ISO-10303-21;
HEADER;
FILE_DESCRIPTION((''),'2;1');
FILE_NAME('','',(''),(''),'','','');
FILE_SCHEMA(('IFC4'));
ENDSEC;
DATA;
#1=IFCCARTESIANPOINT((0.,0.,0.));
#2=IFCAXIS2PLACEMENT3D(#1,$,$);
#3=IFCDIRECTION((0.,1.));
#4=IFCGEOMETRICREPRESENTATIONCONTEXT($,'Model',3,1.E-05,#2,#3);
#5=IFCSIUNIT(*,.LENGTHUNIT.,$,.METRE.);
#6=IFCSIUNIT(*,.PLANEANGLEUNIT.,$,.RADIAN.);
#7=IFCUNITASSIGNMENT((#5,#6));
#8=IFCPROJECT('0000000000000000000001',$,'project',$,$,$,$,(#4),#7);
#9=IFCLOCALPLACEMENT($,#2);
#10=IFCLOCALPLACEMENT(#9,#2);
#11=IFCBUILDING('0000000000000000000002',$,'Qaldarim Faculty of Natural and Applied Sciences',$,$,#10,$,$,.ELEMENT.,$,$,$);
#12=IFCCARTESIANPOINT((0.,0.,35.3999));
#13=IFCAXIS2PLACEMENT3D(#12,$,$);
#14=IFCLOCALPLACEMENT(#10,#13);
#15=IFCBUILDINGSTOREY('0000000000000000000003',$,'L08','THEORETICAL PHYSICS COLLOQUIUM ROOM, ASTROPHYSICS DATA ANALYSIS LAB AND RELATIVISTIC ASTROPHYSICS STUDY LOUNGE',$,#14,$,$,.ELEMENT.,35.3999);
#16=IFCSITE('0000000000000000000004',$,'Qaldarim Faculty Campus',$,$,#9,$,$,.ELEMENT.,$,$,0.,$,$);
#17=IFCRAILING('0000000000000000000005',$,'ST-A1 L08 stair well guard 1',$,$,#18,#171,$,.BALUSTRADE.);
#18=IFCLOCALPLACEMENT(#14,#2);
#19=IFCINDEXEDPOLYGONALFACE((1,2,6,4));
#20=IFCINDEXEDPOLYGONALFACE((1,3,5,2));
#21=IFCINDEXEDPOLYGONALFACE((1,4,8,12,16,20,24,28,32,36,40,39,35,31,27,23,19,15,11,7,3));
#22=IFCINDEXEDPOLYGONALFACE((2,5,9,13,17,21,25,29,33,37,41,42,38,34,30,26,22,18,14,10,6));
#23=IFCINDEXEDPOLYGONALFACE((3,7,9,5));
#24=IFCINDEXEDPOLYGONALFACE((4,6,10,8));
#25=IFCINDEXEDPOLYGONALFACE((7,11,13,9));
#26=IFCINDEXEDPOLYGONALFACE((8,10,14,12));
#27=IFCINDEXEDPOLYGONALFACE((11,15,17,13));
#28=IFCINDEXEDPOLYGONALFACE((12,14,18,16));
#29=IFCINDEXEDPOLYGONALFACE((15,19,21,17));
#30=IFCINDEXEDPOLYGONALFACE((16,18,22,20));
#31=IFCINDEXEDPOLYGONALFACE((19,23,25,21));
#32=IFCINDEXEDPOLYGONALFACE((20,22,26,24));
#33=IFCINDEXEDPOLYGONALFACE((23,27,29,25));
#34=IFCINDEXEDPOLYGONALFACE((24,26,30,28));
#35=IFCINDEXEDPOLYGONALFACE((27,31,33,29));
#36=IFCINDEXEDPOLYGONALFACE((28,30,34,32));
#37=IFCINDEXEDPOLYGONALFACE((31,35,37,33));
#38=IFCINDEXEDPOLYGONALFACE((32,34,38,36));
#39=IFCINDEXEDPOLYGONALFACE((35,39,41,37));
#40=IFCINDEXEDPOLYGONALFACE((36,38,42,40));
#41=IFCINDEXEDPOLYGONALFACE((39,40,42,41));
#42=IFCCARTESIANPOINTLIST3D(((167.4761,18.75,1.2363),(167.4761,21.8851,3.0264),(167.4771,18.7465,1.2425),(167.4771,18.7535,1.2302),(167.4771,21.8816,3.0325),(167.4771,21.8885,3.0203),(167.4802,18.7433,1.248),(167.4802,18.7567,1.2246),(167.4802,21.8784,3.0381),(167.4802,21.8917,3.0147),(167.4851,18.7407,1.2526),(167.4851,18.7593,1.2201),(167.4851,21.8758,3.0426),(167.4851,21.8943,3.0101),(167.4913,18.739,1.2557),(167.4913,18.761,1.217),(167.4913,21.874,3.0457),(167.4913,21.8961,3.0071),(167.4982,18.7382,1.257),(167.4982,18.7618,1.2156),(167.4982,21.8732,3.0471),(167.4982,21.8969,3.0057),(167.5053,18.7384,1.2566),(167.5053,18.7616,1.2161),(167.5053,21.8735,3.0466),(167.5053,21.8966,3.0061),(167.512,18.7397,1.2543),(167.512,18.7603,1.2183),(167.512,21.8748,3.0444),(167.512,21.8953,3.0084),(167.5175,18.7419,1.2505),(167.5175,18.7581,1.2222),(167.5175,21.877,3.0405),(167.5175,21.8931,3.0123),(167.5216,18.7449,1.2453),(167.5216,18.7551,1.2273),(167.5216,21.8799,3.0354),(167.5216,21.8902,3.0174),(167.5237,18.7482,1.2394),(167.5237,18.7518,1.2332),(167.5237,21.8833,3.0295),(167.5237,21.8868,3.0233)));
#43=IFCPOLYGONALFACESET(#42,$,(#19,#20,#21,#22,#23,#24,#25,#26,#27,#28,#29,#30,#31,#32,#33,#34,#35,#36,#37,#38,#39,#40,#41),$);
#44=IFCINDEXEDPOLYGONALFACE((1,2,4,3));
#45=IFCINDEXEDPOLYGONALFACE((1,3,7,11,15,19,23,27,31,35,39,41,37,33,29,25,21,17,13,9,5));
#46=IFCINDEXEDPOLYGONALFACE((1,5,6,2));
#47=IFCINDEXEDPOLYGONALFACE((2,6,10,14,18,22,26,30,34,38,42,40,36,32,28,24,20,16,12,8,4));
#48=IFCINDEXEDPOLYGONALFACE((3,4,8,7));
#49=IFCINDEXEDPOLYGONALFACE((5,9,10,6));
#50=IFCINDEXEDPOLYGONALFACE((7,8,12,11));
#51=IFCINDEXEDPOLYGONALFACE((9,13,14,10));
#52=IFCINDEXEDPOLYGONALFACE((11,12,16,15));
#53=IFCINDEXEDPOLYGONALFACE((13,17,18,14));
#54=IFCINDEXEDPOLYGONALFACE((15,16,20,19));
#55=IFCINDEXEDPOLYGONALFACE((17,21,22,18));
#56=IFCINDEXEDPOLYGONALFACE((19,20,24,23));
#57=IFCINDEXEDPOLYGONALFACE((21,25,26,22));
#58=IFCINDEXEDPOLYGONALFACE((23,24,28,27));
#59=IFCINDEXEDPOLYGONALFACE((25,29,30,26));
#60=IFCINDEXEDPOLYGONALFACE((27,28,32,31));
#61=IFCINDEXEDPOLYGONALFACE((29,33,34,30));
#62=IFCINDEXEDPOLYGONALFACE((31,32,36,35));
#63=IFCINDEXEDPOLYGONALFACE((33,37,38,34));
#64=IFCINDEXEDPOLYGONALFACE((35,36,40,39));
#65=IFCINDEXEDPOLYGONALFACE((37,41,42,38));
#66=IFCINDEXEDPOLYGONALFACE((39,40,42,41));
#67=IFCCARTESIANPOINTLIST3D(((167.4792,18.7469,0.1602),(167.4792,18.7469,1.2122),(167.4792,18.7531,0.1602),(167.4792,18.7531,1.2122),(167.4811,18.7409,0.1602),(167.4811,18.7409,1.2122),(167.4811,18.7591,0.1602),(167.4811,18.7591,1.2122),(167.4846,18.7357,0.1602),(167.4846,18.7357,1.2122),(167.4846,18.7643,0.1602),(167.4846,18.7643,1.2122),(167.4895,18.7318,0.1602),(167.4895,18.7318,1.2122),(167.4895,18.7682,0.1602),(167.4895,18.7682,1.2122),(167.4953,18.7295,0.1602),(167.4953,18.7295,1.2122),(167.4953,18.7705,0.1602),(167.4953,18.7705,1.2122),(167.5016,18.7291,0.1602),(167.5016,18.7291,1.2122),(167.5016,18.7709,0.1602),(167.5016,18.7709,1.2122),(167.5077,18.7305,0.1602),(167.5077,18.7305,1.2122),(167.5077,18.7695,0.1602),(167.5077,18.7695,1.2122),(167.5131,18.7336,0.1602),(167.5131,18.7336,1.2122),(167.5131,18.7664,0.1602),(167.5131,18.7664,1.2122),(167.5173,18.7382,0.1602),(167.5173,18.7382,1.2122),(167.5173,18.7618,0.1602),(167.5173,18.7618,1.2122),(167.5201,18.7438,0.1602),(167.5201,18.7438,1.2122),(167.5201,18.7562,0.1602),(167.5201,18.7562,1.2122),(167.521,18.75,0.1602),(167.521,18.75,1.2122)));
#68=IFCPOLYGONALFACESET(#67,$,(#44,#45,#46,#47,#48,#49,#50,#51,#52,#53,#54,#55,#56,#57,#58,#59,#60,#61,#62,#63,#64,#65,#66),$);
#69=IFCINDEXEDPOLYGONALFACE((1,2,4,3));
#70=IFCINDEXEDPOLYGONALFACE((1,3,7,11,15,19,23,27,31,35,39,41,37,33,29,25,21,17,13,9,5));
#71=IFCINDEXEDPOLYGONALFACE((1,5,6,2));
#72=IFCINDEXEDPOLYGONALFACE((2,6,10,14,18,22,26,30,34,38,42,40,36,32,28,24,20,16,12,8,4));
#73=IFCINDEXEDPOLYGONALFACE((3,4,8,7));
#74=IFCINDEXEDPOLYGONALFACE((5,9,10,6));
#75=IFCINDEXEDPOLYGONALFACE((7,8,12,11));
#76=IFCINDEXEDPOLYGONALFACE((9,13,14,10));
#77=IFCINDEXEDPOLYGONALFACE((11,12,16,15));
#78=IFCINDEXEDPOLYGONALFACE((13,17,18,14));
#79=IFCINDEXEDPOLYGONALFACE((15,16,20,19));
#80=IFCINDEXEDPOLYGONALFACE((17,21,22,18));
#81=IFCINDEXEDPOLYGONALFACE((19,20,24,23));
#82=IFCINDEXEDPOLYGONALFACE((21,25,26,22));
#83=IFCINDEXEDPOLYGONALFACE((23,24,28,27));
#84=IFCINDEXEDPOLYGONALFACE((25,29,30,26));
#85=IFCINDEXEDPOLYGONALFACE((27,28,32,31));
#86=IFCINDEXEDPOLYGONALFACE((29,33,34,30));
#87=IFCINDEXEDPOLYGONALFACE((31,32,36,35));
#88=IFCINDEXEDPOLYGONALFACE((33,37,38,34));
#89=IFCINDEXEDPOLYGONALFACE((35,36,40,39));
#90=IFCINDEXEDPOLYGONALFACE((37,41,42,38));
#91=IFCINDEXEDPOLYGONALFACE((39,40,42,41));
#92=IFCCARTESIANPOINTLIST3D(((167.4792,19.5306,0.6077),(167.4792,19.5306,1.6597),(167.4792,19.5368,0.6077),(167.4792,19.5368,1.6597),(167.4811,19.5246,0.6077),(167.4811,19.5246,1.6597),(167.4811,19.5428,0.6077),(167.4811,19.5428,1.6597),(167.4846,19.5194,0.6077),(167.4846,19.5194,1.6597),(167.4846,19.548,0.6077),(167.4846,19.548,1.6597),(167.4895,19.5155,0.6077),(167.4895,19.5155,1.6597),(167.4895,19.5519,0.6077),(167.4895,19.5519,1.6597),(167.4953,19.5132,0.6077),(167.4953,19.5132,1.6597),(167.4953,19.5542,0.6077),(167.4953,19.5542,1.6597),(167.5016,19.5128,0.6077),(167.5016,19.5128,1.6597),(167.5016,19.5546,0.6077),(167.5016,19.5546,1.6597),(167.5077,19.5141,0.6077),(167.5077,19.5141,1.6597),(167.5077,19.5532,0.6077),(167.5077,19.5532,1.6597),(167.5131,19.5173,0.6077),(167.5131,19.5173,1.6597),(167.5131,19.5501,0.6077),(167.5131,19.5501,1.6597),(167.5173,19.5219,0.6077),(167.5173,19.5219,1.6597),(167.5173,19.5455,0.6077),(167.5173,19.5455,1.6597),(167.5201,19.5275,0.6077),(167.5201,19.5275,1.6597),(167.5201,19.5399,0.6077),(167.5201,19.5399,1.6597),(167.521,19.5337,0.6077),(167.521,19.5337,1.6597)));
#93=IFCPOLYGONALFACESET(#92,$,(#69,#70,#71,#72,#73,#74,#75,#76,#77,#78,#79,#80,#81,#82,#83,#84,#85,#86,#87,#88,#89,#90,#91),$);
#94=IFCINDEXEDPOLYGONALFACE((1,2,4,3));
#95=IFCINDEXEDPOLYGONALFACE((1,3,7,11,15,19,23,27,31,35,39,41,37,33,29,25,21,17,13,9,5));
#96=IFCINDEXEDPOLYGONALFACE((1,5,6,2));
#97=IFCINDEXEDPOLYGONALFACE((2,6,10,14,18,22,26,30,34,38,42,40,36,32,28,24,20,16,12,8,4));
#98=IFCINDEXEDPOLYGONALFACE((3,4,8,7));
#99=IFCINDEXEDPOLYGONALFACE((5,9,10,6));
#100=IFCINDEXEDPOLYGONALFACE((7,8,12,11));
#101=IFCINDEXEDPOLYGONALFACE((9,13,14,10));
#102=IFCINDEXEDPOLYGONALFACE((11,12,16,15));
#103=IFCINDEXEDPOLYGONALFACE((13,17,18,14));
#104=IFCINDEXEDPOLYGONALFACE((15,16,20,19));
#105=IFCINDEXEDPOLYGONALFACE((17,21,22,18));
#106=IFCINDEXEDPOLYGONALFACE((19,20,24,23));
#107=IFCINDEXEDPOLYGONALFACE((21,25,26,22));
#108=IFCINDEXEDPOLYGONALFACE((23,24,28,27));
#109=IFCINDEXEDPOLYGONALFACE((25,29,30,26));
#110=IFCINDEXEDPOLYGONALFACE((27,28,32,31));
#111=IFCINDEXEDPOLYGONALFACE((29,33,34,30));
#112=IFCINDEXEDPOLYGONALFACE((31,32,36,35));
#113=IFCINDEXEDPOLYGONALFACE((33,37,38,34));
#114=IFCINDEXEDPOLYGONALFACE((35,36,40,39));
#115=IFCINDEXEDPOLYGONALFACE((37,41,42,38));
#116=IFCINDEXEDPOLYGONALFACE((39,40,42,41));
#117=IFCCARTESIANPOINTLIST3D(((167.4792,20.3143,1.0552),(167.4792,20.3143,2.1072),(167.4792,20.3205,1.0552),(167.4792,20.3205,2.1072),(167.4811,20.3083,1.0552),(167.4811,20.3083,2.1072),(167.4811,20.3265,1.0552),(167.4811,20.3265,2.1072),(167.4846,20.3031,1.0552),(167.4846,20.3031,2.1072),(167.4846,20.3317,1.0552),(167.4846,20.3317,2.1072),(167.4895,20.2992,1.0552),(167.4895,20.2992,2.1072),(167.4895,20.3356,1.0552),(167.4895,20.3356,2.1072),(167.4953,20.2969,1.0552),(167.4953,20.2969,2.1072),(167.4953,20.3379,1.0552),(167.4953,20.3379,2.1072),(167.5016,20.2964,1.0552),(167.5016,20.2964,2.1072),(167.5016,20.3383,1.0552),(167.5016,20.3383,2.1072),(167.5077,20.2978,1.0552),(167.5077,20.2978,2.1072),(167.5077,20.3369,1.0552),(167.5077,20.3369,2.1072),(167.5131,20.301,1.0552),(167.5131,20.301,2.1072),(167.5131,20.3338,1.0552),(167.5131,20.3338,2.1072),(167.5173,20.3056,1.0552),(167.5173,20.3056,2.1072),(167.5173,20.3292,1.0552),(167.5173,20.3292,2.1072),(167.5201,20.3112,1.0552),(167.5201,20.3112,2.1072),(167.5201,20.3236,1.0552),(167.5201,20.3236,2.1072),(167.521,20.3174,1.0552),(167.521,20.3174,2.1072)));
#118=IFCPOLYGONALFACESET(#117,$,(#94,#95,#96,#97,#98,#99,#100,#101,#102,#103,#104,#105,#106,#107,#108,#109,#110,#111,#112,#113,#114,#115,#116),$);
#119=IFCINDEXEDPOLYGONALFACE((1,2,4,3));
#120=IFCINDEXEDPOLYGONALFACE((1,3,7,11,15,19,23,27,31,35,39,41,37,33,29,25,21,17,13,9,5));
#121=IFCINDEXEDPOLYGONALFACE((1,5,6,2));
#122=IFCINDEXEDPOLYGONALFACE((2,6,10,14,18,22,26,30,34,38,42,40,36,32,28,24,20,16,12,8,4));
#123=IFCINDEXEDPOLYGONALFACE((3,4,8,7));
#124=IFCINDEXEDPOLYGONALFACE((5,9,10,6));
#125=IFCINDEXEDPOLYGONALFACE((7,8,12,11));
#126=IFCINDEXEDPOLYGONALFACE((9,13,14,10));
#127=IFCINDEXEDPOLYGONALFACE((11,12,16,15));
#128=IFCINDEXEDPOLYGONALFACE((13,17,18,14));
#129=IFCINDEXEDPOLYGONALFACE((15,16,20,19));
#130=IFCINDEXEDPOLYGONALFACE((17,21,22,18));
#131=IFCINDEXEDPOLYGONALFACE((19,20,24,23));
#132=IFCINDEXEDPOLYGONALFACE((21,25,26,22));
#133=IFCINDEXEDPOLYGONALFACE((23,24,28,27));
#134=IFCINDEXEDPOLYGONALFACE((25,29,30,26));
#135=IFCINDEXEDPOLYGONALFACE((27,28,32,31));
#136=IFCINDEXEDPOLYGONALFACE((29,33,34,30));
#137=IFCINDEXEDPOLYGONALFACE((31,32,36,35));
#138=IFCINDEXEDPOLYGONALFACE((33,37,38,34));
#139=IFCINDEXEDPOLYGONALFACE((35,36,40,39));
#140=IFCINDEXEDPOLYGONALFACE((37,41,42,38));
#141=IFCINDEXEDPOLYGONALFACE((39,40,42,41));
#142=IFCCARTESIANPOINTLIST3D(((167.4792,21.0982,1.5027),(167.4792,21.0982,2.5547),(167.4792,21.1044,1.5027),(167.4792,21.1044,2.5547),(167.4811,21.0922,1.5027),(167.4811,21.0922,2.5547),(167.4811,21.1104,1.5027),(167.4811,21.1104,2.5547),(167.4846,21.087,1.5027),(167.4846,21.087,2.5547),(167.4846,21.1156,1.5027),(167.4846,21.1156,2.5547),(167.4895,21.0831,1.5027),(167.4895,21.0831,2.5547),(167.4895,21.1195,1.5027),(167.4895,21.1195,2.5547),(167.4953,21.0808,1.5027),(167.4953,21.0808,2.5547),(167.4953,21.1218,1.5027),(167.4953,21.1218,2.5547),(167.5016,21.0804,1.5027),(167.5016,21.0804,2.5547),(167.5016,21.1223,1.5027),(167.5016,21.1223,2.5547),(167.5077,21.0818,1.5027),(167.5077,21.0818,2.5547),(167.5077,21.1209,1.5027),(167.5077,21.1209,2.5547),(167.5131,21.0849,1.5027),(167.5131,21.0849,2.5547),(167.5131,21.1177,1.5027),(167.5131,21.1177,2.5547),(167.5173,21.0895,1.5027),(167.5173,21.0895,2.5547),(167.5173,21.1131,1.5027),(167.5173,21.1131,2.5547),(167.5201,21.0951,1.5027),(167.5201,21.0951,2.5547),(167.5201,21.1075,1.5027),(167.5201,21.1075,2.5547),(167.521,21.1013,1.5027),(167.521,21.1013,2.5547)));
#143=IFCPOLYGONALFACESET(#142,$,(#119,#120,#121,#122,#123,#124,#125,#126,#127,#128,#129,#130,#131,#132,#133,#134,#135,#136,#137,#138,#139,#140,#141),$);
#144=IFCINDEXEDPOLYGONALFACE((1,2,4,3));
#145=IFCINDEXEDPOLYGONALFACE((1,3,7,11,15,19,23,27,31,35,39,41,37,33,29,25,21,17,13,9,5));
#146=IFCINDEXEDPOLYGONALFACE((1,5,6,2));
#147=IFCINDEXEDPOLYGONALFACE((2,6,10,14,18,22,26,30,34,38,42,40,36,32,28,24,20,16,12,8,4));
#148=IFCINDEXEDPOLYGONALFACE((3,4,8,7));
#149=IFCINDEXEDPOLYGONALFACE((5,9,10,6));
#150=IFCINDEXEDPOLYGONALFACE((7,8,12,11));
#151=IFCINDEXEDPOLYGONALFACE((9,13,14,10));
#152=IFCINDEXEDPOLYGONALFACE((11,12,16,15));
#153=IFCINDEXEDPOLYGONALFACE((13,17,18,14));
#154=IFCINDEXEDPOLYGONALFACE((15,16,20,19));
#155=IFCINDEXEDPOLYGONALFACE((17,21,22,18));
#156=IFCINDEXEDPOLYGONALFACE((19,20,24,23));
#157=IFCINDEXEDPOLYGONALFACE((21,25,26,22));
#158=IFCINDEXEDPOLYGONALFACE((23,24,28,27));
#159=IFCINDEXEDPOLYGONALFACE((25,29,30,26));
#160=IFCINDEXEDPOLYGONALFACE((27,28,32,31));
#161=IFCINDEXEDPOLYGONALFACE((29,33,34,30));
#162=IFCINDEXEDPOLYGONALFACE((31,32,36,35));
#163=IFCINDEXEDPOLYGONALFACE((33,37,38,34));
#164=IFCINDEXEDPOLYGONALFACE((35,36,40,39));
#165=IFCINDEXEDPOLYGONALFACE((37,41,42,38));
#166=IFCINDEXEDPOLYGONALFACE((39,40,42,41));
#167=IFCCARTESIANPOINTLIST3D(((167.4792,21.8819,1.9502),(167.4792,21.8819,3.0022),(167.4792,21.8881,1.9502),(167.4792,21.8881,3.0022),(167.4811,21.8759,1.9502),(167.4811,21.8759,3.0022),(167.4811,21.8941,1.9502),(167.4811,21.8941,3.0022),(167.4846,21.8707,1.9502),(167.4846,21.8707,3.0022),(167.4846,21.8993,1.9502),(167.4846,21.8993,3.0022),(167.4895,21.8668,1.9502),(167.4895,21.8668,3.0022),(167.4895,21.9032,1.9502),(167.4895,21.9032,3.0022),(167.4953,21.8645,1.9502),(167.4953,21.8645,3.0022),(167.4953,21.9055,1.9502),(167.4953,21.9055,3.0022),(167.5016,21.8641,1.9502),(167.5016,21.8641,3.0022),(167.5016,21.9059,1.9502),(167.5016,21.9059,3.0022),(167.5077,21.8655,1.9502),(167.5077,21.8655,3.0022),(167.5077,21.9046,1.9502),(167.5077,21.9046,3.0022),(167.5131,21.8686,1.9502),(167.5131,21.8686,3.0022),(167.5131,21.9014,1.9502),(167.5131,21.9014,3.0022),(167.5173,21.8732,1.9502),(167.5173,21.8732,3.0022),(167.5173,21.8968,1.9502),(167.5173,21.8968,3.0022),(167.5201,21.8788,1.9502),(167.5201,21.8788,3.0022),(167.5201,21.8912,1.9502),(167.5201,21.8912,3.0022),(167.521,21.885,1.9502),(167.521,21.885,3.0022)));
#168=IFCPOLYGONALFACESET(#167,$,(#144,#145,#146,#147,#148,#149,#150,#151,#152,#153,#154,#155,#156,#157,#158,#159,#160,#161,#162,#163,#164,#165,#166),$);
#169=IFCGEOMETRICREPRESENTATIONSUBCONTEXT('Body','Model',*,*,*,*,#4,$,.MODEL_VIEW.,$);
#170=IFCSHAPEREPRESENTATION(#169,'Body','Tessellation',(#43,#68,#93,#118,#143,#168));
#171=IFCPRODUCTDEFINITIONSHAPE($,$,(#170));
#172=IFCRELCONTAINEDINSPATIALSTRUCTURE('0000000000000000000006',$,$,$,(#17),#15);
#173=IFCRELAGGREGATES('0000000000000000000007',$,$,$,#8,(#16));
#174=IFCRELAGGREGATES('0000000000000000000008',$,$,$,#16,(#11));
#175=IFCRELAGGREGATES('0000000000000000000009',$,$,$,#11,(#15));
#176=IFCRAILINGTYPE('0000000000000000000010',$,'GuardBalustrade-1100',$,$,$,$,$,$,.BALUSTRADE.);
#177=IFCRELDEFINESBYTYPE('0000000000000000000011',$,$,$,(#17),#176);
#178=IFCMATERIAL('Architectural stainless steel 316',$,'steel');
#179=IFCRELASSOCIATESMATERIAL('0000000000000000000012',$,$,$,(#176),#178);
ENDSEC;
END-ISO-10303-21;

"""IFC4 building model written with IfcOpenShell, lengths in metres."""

from ifc_helpers import new_model, si_unit, direction, frame, origin, origin_2d, place, context, subcontext, project, spatial, circle, extrude, material, type_object, element, save


model = new_model("IFC4")

# Units and contexts
model_context = context("Model", 3, precision=1e-05, world=origin(), true_north=direction((0.0, 1.0)))
body_context = subcontext(model_context, "Body", "Model", "MODEL_VIEW")
ifc_project = project(units=[si_unit("LENGTHUNIT", "METRE"), si_unit("PLANEANGLEUNIT", "RADIAN")], contexts=[model_context])

# Site, building, storey
site_placement = place(None, origin())
site = spatial("IfcSite", under=ifc_project, at=site_placement, Name="Qaldarim Faculty Campus", CompositionType="ELEMENT", RefElevation=0.0)
building_placement = place(site_placement, origin())
building = spatial("IfcBuilding", under=site, at=building_placement, Name="Qaldarim Faculty of Natural and Applied Sciences", CompositionType="ELEMENT")
storey_placement = place(building_placement, frame((0.0, 0.0, 35.3999)))
storey = spatial("IfcBuildingStorey", under=building, at=storey_placement, Name="L08", Description="THEORETICAL PHYSICS COLLOQUIUM ROOM, ASTROPHYSICS DATA ANALYSIS LAB AND RELATIVISTIC ASTROPHYSICS STUDY LOUNGE", CompositionType="ELEMENT", Elevation=35.3999)

# Shared definitions
ifc_material_1 = material(Name="Architectural stainless steel 316", Category="steel")

# Railing
railing_type_1 = type_object("IfcRailingType", Name="GuardBalustrade-1100", PredefinedType="BALUSTRADE", material=ifc_material_1)
railing_1_placement = place(storey_placement, frame((167.5, 18.75, 0.1602)))
element("IfcRailing", 1, at=railing_1_placement, inside=storey, type_object=railing_type_1, Name="ST-A1 L08 stair well guard 1", PredefinedType="BALUSTRADE", context=body_context, shape_type="SweptSolid", body=[
    extrude(circle(Radius=0.0239, at=origin_2d()), frame((0.0, 0.0, 1.0762), z_axis=(0.0, 0.86841, 0.495848), x_axis=(-1.0, 0.0, 0.0)), (0.0, 0.0, 1.0), 3.6101),
    extrude(circle(Radius=0.021, at=origin_2d()), origin(), (0.0, 0.0, 1.0), 1.052),
    extrude(circle(Radius=0.021, at=origin_2d()), frame((0.0, 0.7837, 0.4475)), (0.0, 0.0, 1.0), 1.052),
    extrude(circle(Radius=0.021, at=origin_2d()), frame((0.0, 1.5674, 0.895)), (0.0, 0.0, 1.0), 1.052),
    extrude(circle(Radius=0.021, at=origin_2d()), frame((0.0, 2.3513, 1.3425)), (0.0, 0.0, 1.0), 1.052),
    extrude(circle(Radius=0.021, at=origin_2d()), frame((0.0, 3.135, 1.79)), (0.0, 0.0, 1.0), 1.052),
])

save(model, "model.ifc")
